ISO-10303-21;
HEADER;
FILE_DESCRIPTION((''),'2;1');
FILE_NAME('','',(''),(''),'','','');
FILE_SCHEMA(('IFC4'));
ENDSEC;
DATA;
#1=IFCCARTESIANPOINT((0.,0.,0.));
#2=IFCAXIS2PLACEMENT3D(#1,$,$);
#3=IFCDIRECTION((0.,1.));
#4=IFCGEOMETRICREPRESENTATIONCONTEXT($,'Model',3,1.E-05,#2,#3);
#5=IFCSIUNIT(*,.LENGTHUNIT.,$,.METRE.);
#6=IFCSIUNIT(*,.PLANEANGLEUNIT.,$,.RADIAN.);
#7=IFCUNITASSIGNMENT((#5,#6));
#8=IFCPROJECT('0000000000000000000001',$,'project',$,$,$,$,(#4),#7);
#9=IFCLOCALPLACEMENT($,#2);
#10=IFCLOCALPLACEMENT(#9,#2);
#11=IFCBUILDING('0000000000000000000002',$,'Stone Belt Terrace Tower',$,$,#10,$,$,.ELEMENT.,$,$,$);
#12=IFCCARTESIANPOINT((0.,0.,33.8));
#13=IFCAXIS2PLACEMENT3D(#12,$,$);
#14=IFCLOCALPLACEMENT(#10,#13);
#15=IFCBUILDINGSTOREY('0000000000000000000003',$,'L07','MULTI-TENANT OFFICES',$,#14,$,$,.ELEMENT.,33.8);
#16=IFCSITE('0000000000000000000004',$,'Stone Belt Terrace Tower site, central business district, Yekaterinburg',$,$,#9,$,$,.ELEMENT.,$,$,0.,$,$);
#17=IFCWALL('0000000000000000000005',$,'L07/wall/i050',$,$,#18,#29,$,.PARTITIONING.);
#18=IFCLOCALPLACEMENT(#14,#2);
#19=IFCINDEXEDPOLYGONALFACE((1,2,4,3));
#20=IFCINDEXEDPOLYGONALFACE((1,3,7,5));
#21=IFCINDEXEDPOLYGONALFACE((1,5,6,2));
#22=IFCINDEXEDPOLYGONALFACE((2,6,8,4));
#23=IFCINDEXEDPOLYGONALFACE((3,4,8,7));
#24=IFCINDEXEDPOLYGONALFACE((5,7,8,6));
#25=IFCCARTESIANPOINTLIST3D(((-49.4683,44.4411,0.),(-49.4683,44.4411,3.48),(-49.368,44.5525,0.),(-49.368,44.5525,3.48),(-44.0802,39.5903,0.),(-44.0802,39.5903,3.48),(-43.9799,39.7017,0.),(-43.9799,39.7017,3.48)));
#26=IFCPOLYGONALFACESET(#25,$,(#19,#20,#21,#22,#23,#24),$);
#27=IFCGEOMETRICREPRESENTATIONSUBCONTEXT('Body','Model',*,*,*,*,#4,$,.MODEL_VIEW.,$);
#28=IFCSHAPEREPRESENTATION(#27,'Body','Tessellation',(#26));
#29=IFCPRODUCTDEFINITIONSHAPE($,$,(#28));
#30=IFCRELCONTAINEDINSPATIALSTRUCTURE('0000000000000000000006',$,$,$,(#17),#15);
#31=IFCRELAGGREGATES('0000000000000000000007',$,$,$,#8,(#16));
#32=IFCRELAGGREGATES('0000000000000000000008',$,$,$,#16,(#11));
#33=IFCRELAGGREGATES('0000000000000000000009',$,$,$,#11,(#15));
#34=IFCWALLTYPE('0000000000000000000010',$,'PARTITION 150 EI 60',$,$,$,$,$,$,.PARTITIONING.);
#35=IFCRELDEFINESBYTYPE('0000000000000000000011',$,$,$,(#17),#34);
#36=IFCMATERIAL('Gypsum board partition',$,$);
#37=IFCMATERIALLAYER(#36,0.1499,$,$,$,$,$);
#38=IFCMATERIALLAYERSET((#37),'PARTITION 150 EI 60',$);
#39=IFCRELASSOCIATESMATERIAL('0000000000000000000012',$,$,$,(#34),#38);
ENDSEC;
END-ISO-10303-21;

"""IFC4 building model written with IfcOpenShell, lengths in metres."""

from ifc_helpers import new_model, si_unit, direction, frame, frame_2d, origin, place, context, subcontext, project, spatial, rectangle, extrude, material, layer, layer_set, type_object, element, save


model = new_model("IFC4")

# Units and contexts
model_context = context("Model", 3, precision=1e-05, world=origin(), true_north=direction((0.0, 1.0)))
body_context = subcontext(model_context, "Body", "Model", "MODEL_VIEW")
ifc_project = project(units=[si_unit("LENGTHUNIT", "METRE"), si_unit("PLANEANGLEUNIT", "RADIAN")], contexts=[model_context])

# Site, building, storey
site_placement = place(None, origin())
site = spatial("IfcSite", under=ifc_project, at=site_placement, Name="Stone Belt Terrace Tower site, central business district, Yekaterinburg", CompositionType="ELEMENT", RefElevation=0.0)
building_placement = place(site_placement, origin())
building = spatial("IfcBuilding", under=site, at=building_placement, Name="Stone Belt Terrace Tower", CompositionType="ELEMENT")
storey_placement = place(building_placement, frame((0.0, 0.0, 33.8)))
storey = spatial("IfcBuildingStorey", under=building, at=storey_placement, Name="L07", Description="MULTI-TENANT OFFICES", CompositionType="ELEMENT", Elevation=33.8)

# Shared definitions
ifc_material_1 = material(Name="Gypsum board partition")
ifc_layer_1 = layer(ifc_material_1, 0.1499)
ifc_layer_set_1 = layer_set([ifc_layer_1], Name="PARTITION 150 EI 60")
wall_type = type_object("IfcWallType", Name="PARTITION 150 EI 60", PredefinedType="PARTITIONING", material=ifc_layer_set_1)

# Wall
wall_1_placement = place(storey_placement, frame((-44.03, 39.646, 0.0), z_axis=(0.0, 0.0, 1.0), x_axis=(-0.743194, 0.669076, 0.0)))
element("IfcWall", 1, at=wall_1_placement, inside=storey, type_object=wall_type, Name="L07/wall/i050", PredefinedType="PARTITIONING", context=body_context, shape_type="SweptSolid", body=[
    extrude(rectangle(XDim=7.25, YDim=0.1499, at=frame_2d((3.625, 0.0))), origin(), (0.0, 0.0, 1.0), 3.48),
])

save(model, "model.ifc")
